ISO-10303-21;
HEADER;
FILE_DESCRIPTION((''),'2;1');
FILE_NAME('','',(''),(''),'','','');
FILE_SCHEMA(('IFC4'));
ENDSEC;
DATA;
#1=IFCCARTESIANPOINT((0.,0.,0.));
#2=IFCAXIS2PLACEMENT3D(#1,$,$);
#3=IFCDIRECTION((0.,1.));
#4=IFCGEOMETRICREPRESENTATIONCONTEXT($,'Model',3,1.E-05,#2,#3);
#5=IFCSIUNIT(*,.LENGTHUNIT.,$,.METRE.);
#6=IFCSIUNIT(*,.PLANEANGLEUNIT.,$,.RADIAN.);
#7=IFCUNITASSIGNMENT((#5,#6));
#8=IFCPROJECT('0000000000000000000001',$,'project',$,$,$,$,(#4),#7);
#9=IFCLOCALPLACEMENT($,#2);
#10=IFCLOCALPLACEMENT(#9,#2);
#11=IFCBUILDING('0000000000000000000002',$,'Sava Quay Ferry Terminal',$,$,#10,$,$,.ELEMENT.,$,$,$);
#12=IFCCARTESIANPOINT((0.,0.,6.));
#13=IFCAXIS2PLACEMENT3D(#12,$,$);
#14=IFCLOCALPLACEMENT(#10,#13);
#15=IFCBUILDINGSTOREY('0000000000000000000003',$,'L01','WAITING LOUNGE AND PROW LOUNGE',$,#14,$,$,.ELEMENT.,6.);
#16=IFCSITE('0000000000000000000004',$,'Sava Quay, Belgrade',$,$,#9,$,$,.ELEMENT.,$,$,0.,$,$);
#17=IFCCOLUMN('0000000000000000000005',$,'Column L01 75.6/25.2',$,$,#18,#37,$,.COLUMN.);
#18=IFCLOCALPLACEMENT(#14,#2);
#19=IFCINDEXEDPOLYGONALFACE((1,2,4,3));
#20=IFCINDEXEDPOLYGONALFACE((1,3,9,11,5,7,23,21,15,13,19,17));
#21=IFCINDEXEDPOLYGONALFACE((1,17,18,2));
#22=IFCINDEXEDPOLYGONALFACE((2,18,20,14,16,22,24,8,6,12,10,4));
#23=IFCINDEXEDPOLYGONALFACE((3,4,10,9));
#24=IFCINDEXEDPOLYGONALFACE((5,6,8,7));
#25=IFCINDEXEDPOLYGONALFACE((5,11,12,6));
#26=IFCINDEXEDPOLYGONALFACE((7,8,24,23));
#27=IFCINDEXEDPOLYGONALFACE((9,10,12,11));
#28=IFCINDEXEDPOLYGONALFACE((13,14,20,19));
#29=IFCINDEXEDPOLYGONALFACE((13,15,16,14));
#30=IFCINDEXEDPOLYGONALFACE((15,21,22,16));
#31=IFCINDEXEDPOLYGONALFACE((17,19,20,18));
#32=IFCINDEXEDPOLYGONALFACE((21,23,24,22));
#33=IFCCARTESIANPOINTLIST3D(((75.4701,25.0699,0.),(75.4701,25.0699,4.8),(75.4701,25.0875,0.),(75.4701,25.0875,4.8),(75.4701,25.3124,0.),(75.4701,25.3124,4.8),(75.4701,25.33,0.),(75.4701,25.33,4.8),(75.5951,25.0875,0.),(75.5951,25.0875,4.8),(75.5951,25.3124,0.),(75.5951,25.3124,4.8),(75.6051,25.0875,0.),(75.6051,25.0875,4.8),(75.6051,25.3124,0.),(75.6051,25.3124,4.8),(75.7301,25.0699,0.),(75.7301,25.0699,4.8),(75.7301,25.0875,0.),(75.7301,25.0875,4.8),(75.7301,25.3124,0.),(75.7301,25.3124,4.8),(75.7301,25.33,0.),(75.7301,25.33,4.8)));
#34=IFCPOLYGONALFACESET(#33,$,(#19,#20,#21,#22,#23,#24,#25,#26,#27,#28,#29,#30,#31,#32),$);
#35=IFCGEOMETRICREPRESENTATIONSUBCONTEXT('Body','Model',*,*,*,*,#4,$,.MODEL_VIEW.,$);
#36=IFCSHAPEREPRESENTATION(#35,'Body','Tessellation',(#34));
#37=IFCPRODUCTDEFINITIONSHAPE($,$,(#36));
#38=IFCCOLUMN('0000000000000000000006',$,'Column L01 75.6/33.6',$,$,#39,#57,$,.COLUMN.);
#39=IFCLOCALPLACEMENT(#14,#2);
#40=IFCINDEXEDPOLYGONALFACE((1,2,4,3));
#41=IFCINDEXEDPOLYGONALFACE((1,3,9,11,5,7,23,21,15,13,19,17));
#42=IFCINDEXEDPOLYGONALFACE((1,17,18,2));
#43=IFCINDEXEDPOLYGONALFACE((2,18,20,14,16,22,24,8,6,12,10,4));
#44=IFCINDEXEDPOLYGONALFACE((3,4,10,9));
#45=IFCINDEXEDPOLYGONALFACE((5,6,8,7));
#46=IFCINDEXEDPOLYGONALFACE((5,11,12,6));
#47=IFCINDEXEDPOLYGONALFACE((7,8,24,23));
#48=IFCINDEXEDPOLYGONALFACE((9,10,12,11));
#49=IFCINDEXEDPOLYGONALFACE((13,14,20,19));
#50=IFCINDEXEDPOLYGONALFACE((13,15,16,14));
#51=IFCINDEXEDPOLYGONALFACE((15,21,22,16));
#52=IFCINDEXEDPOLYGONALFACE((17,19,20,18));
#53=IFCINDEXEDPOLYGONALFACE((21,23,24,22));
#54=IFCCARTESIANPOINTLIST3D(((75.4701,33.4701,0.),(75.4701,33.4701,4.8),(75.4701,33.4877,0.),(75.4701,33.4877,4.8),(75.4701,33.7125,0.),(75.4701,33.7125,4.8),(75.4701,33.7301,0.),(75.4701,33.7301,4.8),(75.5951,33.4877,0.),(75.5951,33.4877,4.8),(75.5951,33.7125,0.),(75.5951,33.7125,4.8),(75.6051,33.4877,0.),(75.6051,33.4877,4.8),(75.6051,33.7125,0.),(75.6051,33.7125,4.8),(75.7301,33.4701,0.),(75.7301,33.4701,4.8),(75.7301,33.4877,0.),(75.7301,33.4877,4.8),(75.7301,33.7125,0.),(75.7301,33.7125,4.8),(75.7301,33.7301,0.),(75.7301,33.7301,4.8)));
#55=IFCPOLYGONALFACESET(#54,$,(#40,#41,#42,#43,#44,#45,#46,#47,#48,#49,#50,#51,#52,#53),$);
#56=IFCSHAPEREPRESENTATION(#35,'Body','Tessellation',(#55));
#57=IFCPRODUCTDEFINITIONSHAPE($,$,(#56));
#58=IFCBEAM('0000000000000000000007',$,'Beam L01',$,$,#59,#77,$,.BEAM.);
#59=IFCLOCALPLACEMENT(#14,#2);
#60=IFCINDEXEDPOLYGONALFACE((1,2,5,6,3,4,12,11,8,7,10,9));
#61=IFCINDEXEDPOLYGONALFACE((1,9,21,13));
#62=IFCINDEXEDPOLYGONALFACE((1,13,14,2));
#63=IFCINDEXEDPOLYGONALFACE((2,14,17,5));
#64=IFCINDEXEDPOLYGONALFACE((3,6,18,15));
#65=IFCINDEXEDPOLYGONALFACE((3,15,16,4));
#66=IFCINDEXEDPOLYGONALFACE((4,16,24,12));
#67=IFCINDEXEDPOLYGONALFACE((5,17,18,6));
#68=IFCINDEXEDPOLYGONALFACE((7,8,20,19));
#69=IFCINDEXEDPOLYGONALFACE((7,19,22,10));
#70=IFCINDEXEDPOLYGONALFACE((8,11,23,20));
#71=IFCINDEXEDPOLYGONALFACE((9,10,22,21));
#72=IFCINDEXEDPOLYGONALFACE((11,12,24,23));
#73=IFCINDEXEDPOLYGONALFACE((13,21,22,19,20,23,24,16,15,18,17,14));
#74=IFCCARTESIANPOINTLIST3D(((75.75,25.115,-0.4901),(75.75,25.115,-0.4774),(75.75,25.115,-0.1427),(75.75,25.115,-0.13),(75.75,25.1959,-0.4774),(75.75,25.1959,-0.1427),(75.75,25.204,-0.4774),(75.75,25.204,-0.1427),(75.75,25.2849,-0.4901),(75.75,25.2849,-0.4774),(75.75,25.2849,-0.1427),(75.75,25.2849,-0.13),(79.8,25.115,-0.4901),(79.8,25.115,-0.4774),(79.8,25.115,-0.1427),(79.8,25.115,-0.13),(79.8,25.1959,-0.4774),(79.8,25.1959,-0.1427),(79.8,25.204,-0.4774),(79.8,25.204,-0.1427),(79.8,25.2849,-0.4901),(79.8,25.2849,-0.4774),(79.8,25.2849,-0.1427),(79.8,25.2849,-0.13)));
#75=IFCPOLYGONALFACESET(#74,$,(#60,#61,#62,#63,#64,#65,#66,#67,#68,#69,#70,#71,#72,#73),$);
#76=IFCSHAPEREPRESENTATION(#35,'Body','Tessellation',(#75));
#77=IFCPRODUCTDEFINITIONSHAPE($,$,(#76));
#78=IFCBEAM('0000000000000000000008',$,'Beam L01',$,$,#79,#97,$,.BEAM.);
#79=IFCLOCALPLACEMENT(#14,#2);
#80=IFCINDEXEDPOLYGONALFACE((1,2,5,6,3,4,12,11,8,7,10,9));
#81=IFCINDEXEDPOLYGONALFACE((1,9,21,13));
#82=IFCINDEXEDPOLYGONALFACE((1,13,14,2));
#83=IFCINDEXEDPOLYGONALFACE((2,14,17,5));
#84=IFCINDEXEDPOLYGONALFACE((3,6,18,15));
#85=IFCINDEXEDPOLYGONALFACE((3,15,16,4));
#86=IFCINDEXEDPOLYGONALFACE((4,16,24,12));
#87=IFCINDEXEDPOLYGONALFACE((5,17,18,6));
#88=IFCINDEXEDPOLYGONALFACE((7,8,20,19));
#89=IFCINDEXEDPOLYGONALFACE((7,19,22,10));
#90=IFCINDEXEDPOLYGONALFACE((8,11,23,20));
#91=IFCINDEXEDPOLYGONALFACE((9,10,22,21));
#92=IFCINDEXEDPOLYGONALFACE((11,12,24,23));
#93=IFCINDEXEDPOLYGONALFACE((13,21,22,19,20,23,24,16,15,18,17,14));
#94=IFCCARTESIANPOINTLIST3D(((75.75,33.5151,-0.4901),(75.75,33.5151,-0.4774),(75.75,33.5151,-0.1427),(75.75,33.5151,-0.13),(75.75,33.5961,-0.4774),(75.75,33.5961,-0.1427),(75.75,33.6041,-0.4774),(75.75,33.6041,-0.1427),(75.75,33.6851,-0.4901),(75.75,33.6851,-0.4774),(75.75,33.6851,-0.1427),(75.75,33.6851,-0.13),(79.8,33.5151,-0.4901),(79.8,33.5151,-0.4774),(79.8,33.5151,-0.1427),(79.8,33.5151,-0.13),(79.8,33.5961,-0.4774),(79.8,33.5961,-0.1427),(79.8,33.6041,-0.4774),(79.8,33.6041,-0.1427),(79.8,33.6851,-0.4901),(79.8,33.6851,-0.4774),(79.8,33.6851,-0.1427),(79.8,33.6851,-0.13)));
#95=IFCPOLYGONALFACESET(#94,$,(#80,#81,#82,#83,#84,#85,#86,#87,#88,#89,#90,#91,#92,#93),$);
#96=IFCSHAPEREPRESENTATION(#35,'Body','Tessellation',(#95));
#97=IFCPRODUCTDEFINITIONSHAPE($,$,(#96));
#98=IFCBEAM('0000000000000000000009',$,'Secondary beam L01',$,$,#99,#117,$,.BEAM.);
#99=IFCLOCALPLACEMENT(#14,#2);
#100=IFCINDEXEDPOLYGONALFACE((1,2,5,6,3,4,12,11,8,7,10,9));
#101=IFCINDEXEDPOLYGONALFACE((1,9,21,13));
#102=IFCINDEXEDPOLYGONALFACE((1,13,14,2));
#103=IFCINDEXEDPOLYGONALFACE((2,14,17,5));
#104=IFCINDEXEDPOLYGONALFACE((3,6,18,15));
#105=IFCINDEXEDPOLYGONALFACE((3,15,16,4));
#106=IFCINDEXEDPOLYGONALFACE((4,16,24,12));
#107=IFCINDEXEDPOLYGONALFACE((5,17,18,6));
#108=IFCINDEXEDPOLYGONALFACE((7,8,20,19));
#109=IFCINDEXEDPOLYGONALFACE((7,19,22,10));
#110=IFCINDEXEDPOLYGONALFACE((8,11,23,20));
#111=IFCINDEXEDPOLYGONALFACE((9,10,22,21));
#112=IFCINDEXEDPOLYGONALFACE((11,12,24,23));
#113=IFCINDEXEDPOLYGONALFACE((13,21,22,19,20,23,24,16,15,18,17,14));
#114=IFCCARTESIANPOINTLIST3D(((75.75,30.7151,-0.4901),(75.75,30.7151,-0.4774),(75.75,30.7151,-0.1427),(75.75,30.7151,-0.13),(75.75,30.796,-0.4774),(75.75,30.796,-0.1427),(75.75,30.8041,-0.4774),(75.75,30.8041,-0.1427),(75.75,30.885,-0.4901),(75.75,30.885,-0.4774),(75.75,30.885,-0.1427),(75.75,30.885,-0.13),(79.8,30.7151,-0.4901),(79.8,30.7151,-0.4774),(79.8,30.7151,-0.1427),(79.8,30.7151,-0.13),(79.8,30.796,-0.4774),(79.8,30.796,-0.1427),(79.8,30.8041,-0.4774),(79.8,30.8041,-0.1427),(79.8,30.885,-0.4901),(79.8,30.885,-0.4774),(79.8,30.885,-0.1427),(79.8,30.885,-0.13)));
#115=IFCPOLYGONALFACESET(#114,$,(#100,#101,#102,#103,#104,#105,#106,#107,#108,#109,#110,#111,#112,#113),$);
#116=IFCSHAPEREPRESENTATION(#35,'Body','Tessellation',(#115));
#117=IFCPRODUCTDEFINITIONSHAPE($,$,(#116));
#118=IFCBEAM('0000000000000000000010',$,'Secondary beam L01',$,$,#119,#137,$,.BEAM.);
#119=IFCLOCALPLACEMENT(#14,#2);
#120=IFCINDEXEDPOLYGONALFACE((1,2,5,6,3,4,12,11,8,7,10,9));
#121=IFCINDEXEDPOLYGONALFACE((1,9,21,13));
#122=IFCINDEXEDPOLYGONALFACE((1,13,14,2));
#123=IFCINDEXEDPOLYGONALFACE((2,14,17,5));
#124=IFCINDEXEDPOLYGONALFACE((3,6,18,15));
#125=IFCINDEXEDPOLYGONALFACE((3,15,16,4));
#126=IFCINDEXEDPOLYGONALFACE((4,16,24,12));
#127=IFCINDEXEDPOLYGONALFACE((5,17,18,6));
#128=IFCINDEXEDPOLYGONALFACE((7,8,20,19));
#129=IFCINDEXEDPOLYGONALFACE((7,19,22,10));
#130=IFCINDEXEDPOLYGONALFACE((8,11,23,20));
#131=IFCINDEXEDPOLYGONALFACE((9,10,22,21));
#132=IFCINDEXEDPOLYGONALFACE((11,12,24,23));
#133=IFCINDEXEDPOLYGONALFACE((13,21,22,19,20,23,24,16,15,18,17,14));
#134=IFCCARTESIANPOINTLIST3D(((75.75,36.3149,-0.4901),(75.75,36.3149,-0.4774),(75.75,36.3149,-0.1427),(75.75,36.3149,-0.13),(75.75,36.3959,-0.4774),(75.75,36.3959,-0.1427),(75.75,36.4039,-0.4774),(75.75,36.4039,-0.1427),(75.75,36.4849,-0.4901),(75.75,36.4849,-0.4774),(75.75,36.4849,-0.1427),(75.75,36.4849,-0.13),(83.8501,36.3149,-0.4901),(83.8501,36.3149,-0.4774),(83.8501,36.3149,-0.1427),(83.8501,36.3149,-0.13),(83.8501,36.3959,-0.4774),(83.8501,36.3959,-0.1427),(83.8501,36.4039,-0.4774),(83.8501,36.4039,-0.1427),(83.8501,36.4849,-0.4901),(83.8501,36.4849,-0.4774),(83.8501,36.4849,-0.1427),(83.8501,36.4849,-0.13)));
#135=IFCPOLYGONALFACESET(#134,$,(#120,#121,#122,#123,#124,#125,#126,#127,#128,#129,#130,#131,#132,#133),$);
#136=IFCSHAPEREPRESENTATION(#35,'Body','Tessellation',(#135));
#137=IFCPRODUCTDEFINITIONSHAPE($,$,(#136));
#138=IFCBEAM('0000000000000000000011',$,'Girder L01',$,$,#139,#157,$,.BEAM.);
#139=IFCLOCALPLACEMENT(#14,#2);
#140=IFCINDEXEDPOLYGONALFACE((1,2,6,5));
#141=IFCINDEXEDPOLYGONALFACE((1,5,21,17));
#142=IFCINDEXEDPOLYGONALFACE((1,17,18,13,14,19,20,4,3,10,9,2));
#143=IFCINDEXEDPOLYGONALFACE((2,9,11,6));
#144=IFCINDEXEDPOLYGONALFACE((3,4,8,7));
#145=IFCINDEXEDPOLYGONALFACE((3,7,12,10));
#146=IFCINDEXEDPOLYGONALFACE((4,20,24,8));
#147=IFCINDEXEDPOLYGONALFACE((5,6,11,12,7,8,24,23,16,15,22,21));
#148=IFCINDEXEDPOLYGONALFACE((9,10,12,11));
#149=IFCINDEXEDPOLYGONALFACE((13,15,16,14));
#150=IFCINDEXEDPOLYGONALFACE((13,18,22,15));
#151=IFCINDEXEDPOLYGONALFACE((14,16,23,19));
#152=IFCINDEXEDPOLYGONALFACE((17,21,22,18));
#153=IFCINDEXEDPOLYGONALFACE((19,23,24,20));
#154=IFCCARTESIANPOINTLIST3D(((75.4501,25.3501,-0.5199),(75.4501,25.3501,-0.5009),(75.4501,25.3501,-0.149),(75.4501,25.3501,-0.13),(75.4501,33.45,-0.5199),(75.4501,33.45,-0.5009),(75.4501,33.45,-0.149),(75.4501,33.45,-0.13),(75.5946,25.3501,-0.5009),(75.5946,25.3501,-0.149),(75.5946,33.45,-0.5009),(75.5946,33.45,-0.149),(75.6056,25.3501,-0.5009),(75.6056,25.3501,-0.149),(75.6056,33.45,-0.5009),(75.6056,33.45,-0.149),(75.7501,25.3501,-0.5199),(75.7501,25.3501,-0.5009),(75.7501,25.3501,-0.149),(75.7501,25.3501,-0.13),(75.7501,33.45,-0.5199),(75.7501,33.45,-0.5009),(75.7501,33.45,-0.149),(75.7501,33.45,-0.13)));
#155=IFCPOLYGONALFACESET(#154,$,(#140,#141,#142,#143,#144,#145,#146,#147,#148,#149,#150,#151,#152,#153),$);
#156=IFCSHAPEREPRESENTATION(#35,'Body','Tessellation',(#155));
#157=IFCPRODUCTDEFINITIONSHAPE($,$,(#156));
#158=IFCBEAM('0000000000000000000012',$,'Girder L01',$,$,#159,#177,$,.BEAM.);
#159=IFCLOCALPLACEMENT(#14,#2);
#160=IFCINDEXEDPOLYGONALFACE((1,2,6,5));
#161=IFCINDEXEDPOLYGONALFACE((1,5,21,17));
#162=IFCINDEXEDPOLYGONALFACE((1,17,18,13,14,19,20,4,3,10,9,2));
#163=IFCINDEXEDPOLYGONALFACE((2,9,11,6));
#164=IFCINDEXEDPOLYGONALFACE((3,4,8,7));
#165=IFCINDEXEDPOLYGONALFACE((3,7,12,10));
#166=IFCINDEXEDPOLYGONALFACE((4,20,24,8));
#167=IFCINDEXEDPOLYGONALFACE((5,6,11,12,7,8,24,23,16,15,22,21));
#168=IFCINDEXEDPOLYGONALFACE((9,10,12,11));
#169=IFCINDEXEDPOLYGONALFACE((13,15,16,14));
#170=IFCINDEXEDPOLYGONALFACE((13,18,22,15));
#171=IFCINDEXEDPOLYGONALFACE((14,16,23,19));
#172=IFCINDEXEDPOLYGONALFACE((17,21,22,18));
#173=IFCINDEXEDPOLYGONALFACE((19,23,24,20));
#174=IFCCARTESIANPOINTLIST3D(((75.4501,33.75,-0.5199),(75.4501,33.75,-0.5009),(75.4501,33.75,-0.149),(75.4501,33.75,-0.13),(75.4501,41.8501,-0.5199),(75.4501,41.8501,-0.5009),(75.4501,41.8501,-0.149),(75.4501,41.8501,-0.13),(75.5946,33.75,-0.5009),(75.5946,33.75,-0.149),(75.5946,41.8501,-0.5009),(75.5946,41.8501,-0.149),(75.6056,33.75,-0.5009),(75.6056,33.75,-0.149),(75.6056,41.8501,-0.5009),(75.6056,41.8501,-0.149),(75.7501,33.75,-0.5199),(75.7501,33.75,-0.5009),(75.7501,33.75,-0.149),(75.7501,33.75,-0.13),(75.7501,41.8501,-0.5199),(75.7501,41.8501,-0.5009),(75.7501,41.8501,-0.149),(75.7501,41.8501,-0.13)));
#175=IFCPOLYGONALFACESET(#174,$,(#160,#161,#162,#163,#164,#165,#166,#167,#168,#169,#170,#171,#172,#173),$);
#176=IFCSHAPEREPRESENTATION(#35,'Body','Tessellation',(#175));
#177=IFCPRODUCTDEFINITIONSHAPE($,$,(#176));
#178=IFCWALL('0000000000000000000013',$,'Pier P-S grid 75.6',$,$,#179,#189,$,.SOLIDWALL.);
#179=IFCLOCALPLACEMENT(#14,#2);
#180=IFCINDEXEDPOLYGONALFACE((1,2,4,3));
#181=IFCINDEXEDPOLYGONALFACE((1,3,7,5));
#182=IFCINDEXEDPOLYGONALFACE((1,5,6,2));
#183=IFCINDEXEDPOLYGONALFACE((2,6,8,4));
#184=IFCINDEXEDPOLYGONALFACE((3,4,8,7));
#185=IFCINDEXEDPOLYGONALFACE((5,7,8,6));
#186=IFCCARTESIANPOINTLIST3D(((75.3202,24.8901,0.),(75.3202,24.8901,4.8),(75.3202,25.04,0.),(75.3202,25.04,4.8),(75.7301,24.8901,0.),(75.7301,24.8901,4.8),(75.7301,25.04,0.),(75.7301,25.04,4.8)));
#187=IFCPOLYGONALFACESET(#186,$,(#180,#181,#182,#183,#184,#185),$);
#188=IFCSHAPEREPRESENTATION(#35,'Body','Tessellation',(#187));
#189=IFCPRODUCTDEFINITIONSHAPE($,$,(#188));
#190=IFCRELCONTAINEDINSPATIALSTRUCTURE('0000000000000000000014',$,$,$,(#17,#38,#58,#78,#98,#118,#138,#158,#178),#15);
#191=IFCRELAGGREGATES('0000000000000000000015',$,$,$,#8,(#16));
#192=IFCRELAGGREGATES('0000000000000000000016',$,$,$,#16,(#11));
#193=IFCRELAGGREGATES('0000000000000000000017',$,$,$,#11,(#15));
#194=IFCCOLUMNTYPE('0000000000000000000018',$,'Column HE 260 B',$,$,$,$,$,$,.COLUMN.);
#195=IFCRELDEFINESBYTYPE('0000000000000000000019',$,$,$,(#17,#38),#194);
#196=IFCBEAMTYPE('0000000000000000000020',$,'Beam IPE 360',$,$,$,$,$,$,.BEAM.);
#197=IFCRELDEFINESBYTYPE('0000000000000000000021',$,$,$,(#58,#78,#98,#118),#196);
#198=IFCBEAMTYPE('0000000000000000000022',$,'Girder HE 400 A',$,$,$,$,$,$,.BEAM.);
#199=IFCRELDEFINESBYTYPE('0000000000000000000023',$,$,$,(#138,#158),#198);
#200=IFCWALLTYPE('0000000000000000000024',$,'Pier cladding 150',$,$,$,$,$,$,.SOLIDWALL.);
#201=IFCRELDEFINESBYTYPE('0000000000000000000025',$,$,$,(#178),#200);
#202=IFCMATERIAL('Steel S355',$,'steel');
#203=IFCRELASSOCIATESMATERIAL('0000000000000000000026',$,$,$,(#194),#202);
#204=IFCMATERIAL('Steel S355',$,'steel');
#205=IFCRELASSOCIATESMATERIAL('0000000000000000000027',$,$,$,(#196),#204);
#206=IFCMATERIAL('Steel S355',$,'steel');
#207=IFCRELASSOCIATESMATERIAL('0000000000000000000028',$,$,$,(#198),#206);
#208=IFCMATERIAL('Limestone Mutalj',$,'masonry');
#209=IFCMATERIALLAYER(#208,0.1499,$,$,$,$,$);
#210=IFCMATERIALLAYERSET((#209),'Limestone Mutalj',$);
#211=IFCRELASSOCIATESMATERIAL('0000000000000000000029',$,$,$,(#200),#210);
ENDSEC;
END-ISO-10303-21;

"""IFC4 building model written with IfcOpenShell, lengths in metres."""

from ifc_helpers import new_model, si_unit, direction, frame, frame_2d, origin, origin_2d, place, context, subcontext, project, spatial, rectangle, i_section, extrude, material, layer, layer_set, material_profile, profile_set, type_object, element, save


model = new_model("IFC4")

# Units and contexts
model_context = context("Model", 3, precision=1e-05, world=origin(), true_north=direction((0.0, 1.0)))
body_context = subcontext(model_context, "Body", "Model", "MODEL_VIEW")
ifc_project = project(units=[si_unit("LENGTHUNIT", "METRE"), si_unit("PLANEANGLEUNIT", "RADIAN")], contexts=[model_context])

# Site, building, storey
site_placement = place(None, origin())
site = spatial("IfcSite", under=ifc_project, at=site_placement, Name="Sava Quay, Belgrade", CompositionType="ELEMENT", RefElevation=0.0)
building_placement = place(site_placement, origin())
building = spatial("IfcBuilding", under=site, at=building_placement, Name="Sava Quay Ferry Terminal", CompositionType="ELEMENT")
storey_placement = place(building_placement, frame((0.0, 0.0, 6.0)))
storey = spatial("IfcBuildingStorey", under=building, at=storey_placement, Name="L01", Description="WAITING LOUNGE AND PROW LOUNGE", CompositionType="ELEMENT", Elevation=6.0)

# Columns
ifc_material_1 = material(Name="Steel S355", Category="steel")
ifc_material_profile_1 = material_profile(ifc_material_1, i_section(OverallWidth=0.26, OverallDepth=0.26, WebThickness=0.01, FlangeThickness=0.0176, at=origin_2d()), Name="HE 260 B")
ifc_profile_set_1 = profile_set([ifc_material_profile_1], Name="Steel S355")
column_type = type_object("IfcColumnType", Name="Column HE 260 B", PredefinedType="COLUMN", material=ifc_profile_set_1)
for number, where, z_axis, x_axis, name in (
    (1, (75.6001, 25.2, 0.0), (0.0, 0.0, 1.0), (1.0, 0.0, 0.0), "Column L01 75.6/25.2"),
    (2, (75.6001, 33.6001, 0.0), (0.0, 0.0, 1.0), (1.0, 0.0, 0.0), "Column L01 75.6/33.6"),
):
    element("IfcColumn", number, at=place(storey_placement, frame(where, z_axis=z_axis, x_axis=x_axis)), inside=storey, type_object=column_type, Name=name, PredefinedType="COLUMN", context=body_context, shape_type="SweptSolid", body=[
        extrude(i_section(OverallWidth=0.26, OverallDepth=0.26, WebThickness=0.01, FlangeThickness=0.0176, at=origin_2d()), origin(), (0.0, 0.0, 1.0), 4.8),
    ])

# Beams
ifc_material_2 = material(Name="Steel S355", Category="steel")
ifc_material_profile_2 = material_profile(ifc_material_2, i_section(OverallWidth=0.1699, OverallDepth=0.3601, WebThickness=0.0081, FlangeThickness=0.0127, at=origin_2d()), Name="IPE 360")
ifc_profile_set_2 = profile_set([ifc_material_profile_2], Name="Steel S355")
beam_type_1 = type_object("IfcBeamType", Name="Beam IPE 360", PredefinedType="BEAM", material=ifc_profile_set_2)
for number, where, z_axis, x_axis, name in (
    (3, (75.75, 25.2, -0.3101), (1.0, 0.0, 0.0), (0.0, 1.0, 0.0), "Beam L01"),
    (4, (75.75, 33.6001, -0.3101), (1.0, 0.0, 0.0), (0.0, 1.0, 0.0), "Beam L01"),
    (5, (75.75, 30.8, -0.3101), (1.0, 0.0, 0.0), (0.0, 1.0, 0.0), "Secondary beam L01"),
):
    element("IfcBeam", number, at=place(storey_placement, frame(where, z_axis=z_axis, x_axis=x_axis)), inside=storey, type_object=beam_type_1, Name=name, PredefinedType="BEAM", context=body_context, shape_type="SweptSolid", body=[
        extrude(i_section(OverallWidth=0.1699, OverallDepth=0.3601, WebThickness=0.0081, FlangeThickness=0.0127, at=origin_2d()), origin(), (0.0, 0.0, 1.0), 4.05),
    ])
beam_1_placement = place(storey_placement, frame((75.75, 36.3999, -0.3101), z_axis=(1.0, 0.0, 0.0), x_axis=(0.0, 1.0, 0.0)))
element("IfcBeam", 6, at=beam_1_placement, inside=storey, type_object=beam_type_1, Name="Secondary beam L01", PredefinedType="BEAM", context=body_context, shape_type="SweptSolid", body=[
    extrude(i_section(OverallWidth=0.1699, OverallDepth=0.3601, WebThickness=0.0081, FlangeThickness=0.0127, at=origin_2d()), origin(), (0.0, 0.0, 1.0), 8.1001),
])
ifc_material_3 = material(Name="Steel S355", Category="steel")
ifc_material_profile_3 = material_profile(ifc_material_3, i_section(OverallWidth=0.3, OverallDepth=0.3899, WebThickness=0.011, FlangeThickness=0.019, at=origin_2d()), Name="HE 400 A")
ifc_profile_set_3 = profile_set([ifc_material_profile_3], Name="Steel S355")
beam_type_2 = type_object("IfcBeamType", Name="Girder HE 400 A", PredefinedType="BEAM", material=ifc_profile_set_3)
beam_2_placement = place(storey_placement, frame((75.6001, 25.3501, -0.325), z_axis=(0.0, 1.0, 0.0), x_axis=(-1.0, 0.0, 0.0)))
element("IfcBeam", 7, at=beam_2_placement, inside=storey, type_object=beam_type_2, Name="Girder L01", PredefinedType="BEAM", context=body_context, shape_type="SweptSolid", body=[
    extrude(i_section(OverallWidth=0.3, OverallDepth=0.3899, WebThickness=0.011, FlangeThickness=0.019, at=origin_2d()), origin(), (0.0, 0.0, 1.0), 8.0999),
])
beam_3_placement = place(storey_placement, frame((75.6001, 33.75, -0.325), z_axis=(0.0, 1.0, 0.0), x_axis=(-1.0, 0.0, 0.0)))
element("IfcBeam", 8, at=beam_3_placement, inside=storey, type_object=beam_type_2, Name="Girder L01", PredefinedType="BEAM", context=body_context, shape_type="SweptSolid", body=[
    extrude(i_section(OverallWidth=0.3, OverallDepth=0.3899, WebThickness=0.011, FlangeThickness=0.019, at=origin_2d()), origin(), (0.0, 0.0, 1.0), 8.1001),
])

# Wall
ifc_material_4 = material(Name="Limestone Mutalj", Category="masonry")
ifc_layer_1 = layer(ifc_material_4, 0.1499)
ifc_layer_set_1 = layer_set([ifc_layer_1], Name="Limestone Mutalj")
wall_type_1 = type_object("IfcWallType", Name="Pier cladding 150", PredefinedType="SOLIDWALL", material=ifc_layer_set_1)
wall_1_placement = place(storey_placement, frame((75.3201, 24.9651, 0.0), z_axis=(0.0, 0.0, 1.0), x_axis=(1.0, 0.0, 0.0)))
element("IfcWall", 9, at=wall_1_placement, inside=storey, type_object=wall_type_1, Name="Pier P-S grid 75.6", PredefinedType="SOLIDWALL", context=body_context, shape_type="SweptSolid", body=[
    extrude(rectangle(XDim=0.4099, YDim=0.1499, at=frame_2d((0.2051, 0.0))), origin(), (0.0, 0.0, 1.0), 4.8),
])

save(model, "model.ifc")
